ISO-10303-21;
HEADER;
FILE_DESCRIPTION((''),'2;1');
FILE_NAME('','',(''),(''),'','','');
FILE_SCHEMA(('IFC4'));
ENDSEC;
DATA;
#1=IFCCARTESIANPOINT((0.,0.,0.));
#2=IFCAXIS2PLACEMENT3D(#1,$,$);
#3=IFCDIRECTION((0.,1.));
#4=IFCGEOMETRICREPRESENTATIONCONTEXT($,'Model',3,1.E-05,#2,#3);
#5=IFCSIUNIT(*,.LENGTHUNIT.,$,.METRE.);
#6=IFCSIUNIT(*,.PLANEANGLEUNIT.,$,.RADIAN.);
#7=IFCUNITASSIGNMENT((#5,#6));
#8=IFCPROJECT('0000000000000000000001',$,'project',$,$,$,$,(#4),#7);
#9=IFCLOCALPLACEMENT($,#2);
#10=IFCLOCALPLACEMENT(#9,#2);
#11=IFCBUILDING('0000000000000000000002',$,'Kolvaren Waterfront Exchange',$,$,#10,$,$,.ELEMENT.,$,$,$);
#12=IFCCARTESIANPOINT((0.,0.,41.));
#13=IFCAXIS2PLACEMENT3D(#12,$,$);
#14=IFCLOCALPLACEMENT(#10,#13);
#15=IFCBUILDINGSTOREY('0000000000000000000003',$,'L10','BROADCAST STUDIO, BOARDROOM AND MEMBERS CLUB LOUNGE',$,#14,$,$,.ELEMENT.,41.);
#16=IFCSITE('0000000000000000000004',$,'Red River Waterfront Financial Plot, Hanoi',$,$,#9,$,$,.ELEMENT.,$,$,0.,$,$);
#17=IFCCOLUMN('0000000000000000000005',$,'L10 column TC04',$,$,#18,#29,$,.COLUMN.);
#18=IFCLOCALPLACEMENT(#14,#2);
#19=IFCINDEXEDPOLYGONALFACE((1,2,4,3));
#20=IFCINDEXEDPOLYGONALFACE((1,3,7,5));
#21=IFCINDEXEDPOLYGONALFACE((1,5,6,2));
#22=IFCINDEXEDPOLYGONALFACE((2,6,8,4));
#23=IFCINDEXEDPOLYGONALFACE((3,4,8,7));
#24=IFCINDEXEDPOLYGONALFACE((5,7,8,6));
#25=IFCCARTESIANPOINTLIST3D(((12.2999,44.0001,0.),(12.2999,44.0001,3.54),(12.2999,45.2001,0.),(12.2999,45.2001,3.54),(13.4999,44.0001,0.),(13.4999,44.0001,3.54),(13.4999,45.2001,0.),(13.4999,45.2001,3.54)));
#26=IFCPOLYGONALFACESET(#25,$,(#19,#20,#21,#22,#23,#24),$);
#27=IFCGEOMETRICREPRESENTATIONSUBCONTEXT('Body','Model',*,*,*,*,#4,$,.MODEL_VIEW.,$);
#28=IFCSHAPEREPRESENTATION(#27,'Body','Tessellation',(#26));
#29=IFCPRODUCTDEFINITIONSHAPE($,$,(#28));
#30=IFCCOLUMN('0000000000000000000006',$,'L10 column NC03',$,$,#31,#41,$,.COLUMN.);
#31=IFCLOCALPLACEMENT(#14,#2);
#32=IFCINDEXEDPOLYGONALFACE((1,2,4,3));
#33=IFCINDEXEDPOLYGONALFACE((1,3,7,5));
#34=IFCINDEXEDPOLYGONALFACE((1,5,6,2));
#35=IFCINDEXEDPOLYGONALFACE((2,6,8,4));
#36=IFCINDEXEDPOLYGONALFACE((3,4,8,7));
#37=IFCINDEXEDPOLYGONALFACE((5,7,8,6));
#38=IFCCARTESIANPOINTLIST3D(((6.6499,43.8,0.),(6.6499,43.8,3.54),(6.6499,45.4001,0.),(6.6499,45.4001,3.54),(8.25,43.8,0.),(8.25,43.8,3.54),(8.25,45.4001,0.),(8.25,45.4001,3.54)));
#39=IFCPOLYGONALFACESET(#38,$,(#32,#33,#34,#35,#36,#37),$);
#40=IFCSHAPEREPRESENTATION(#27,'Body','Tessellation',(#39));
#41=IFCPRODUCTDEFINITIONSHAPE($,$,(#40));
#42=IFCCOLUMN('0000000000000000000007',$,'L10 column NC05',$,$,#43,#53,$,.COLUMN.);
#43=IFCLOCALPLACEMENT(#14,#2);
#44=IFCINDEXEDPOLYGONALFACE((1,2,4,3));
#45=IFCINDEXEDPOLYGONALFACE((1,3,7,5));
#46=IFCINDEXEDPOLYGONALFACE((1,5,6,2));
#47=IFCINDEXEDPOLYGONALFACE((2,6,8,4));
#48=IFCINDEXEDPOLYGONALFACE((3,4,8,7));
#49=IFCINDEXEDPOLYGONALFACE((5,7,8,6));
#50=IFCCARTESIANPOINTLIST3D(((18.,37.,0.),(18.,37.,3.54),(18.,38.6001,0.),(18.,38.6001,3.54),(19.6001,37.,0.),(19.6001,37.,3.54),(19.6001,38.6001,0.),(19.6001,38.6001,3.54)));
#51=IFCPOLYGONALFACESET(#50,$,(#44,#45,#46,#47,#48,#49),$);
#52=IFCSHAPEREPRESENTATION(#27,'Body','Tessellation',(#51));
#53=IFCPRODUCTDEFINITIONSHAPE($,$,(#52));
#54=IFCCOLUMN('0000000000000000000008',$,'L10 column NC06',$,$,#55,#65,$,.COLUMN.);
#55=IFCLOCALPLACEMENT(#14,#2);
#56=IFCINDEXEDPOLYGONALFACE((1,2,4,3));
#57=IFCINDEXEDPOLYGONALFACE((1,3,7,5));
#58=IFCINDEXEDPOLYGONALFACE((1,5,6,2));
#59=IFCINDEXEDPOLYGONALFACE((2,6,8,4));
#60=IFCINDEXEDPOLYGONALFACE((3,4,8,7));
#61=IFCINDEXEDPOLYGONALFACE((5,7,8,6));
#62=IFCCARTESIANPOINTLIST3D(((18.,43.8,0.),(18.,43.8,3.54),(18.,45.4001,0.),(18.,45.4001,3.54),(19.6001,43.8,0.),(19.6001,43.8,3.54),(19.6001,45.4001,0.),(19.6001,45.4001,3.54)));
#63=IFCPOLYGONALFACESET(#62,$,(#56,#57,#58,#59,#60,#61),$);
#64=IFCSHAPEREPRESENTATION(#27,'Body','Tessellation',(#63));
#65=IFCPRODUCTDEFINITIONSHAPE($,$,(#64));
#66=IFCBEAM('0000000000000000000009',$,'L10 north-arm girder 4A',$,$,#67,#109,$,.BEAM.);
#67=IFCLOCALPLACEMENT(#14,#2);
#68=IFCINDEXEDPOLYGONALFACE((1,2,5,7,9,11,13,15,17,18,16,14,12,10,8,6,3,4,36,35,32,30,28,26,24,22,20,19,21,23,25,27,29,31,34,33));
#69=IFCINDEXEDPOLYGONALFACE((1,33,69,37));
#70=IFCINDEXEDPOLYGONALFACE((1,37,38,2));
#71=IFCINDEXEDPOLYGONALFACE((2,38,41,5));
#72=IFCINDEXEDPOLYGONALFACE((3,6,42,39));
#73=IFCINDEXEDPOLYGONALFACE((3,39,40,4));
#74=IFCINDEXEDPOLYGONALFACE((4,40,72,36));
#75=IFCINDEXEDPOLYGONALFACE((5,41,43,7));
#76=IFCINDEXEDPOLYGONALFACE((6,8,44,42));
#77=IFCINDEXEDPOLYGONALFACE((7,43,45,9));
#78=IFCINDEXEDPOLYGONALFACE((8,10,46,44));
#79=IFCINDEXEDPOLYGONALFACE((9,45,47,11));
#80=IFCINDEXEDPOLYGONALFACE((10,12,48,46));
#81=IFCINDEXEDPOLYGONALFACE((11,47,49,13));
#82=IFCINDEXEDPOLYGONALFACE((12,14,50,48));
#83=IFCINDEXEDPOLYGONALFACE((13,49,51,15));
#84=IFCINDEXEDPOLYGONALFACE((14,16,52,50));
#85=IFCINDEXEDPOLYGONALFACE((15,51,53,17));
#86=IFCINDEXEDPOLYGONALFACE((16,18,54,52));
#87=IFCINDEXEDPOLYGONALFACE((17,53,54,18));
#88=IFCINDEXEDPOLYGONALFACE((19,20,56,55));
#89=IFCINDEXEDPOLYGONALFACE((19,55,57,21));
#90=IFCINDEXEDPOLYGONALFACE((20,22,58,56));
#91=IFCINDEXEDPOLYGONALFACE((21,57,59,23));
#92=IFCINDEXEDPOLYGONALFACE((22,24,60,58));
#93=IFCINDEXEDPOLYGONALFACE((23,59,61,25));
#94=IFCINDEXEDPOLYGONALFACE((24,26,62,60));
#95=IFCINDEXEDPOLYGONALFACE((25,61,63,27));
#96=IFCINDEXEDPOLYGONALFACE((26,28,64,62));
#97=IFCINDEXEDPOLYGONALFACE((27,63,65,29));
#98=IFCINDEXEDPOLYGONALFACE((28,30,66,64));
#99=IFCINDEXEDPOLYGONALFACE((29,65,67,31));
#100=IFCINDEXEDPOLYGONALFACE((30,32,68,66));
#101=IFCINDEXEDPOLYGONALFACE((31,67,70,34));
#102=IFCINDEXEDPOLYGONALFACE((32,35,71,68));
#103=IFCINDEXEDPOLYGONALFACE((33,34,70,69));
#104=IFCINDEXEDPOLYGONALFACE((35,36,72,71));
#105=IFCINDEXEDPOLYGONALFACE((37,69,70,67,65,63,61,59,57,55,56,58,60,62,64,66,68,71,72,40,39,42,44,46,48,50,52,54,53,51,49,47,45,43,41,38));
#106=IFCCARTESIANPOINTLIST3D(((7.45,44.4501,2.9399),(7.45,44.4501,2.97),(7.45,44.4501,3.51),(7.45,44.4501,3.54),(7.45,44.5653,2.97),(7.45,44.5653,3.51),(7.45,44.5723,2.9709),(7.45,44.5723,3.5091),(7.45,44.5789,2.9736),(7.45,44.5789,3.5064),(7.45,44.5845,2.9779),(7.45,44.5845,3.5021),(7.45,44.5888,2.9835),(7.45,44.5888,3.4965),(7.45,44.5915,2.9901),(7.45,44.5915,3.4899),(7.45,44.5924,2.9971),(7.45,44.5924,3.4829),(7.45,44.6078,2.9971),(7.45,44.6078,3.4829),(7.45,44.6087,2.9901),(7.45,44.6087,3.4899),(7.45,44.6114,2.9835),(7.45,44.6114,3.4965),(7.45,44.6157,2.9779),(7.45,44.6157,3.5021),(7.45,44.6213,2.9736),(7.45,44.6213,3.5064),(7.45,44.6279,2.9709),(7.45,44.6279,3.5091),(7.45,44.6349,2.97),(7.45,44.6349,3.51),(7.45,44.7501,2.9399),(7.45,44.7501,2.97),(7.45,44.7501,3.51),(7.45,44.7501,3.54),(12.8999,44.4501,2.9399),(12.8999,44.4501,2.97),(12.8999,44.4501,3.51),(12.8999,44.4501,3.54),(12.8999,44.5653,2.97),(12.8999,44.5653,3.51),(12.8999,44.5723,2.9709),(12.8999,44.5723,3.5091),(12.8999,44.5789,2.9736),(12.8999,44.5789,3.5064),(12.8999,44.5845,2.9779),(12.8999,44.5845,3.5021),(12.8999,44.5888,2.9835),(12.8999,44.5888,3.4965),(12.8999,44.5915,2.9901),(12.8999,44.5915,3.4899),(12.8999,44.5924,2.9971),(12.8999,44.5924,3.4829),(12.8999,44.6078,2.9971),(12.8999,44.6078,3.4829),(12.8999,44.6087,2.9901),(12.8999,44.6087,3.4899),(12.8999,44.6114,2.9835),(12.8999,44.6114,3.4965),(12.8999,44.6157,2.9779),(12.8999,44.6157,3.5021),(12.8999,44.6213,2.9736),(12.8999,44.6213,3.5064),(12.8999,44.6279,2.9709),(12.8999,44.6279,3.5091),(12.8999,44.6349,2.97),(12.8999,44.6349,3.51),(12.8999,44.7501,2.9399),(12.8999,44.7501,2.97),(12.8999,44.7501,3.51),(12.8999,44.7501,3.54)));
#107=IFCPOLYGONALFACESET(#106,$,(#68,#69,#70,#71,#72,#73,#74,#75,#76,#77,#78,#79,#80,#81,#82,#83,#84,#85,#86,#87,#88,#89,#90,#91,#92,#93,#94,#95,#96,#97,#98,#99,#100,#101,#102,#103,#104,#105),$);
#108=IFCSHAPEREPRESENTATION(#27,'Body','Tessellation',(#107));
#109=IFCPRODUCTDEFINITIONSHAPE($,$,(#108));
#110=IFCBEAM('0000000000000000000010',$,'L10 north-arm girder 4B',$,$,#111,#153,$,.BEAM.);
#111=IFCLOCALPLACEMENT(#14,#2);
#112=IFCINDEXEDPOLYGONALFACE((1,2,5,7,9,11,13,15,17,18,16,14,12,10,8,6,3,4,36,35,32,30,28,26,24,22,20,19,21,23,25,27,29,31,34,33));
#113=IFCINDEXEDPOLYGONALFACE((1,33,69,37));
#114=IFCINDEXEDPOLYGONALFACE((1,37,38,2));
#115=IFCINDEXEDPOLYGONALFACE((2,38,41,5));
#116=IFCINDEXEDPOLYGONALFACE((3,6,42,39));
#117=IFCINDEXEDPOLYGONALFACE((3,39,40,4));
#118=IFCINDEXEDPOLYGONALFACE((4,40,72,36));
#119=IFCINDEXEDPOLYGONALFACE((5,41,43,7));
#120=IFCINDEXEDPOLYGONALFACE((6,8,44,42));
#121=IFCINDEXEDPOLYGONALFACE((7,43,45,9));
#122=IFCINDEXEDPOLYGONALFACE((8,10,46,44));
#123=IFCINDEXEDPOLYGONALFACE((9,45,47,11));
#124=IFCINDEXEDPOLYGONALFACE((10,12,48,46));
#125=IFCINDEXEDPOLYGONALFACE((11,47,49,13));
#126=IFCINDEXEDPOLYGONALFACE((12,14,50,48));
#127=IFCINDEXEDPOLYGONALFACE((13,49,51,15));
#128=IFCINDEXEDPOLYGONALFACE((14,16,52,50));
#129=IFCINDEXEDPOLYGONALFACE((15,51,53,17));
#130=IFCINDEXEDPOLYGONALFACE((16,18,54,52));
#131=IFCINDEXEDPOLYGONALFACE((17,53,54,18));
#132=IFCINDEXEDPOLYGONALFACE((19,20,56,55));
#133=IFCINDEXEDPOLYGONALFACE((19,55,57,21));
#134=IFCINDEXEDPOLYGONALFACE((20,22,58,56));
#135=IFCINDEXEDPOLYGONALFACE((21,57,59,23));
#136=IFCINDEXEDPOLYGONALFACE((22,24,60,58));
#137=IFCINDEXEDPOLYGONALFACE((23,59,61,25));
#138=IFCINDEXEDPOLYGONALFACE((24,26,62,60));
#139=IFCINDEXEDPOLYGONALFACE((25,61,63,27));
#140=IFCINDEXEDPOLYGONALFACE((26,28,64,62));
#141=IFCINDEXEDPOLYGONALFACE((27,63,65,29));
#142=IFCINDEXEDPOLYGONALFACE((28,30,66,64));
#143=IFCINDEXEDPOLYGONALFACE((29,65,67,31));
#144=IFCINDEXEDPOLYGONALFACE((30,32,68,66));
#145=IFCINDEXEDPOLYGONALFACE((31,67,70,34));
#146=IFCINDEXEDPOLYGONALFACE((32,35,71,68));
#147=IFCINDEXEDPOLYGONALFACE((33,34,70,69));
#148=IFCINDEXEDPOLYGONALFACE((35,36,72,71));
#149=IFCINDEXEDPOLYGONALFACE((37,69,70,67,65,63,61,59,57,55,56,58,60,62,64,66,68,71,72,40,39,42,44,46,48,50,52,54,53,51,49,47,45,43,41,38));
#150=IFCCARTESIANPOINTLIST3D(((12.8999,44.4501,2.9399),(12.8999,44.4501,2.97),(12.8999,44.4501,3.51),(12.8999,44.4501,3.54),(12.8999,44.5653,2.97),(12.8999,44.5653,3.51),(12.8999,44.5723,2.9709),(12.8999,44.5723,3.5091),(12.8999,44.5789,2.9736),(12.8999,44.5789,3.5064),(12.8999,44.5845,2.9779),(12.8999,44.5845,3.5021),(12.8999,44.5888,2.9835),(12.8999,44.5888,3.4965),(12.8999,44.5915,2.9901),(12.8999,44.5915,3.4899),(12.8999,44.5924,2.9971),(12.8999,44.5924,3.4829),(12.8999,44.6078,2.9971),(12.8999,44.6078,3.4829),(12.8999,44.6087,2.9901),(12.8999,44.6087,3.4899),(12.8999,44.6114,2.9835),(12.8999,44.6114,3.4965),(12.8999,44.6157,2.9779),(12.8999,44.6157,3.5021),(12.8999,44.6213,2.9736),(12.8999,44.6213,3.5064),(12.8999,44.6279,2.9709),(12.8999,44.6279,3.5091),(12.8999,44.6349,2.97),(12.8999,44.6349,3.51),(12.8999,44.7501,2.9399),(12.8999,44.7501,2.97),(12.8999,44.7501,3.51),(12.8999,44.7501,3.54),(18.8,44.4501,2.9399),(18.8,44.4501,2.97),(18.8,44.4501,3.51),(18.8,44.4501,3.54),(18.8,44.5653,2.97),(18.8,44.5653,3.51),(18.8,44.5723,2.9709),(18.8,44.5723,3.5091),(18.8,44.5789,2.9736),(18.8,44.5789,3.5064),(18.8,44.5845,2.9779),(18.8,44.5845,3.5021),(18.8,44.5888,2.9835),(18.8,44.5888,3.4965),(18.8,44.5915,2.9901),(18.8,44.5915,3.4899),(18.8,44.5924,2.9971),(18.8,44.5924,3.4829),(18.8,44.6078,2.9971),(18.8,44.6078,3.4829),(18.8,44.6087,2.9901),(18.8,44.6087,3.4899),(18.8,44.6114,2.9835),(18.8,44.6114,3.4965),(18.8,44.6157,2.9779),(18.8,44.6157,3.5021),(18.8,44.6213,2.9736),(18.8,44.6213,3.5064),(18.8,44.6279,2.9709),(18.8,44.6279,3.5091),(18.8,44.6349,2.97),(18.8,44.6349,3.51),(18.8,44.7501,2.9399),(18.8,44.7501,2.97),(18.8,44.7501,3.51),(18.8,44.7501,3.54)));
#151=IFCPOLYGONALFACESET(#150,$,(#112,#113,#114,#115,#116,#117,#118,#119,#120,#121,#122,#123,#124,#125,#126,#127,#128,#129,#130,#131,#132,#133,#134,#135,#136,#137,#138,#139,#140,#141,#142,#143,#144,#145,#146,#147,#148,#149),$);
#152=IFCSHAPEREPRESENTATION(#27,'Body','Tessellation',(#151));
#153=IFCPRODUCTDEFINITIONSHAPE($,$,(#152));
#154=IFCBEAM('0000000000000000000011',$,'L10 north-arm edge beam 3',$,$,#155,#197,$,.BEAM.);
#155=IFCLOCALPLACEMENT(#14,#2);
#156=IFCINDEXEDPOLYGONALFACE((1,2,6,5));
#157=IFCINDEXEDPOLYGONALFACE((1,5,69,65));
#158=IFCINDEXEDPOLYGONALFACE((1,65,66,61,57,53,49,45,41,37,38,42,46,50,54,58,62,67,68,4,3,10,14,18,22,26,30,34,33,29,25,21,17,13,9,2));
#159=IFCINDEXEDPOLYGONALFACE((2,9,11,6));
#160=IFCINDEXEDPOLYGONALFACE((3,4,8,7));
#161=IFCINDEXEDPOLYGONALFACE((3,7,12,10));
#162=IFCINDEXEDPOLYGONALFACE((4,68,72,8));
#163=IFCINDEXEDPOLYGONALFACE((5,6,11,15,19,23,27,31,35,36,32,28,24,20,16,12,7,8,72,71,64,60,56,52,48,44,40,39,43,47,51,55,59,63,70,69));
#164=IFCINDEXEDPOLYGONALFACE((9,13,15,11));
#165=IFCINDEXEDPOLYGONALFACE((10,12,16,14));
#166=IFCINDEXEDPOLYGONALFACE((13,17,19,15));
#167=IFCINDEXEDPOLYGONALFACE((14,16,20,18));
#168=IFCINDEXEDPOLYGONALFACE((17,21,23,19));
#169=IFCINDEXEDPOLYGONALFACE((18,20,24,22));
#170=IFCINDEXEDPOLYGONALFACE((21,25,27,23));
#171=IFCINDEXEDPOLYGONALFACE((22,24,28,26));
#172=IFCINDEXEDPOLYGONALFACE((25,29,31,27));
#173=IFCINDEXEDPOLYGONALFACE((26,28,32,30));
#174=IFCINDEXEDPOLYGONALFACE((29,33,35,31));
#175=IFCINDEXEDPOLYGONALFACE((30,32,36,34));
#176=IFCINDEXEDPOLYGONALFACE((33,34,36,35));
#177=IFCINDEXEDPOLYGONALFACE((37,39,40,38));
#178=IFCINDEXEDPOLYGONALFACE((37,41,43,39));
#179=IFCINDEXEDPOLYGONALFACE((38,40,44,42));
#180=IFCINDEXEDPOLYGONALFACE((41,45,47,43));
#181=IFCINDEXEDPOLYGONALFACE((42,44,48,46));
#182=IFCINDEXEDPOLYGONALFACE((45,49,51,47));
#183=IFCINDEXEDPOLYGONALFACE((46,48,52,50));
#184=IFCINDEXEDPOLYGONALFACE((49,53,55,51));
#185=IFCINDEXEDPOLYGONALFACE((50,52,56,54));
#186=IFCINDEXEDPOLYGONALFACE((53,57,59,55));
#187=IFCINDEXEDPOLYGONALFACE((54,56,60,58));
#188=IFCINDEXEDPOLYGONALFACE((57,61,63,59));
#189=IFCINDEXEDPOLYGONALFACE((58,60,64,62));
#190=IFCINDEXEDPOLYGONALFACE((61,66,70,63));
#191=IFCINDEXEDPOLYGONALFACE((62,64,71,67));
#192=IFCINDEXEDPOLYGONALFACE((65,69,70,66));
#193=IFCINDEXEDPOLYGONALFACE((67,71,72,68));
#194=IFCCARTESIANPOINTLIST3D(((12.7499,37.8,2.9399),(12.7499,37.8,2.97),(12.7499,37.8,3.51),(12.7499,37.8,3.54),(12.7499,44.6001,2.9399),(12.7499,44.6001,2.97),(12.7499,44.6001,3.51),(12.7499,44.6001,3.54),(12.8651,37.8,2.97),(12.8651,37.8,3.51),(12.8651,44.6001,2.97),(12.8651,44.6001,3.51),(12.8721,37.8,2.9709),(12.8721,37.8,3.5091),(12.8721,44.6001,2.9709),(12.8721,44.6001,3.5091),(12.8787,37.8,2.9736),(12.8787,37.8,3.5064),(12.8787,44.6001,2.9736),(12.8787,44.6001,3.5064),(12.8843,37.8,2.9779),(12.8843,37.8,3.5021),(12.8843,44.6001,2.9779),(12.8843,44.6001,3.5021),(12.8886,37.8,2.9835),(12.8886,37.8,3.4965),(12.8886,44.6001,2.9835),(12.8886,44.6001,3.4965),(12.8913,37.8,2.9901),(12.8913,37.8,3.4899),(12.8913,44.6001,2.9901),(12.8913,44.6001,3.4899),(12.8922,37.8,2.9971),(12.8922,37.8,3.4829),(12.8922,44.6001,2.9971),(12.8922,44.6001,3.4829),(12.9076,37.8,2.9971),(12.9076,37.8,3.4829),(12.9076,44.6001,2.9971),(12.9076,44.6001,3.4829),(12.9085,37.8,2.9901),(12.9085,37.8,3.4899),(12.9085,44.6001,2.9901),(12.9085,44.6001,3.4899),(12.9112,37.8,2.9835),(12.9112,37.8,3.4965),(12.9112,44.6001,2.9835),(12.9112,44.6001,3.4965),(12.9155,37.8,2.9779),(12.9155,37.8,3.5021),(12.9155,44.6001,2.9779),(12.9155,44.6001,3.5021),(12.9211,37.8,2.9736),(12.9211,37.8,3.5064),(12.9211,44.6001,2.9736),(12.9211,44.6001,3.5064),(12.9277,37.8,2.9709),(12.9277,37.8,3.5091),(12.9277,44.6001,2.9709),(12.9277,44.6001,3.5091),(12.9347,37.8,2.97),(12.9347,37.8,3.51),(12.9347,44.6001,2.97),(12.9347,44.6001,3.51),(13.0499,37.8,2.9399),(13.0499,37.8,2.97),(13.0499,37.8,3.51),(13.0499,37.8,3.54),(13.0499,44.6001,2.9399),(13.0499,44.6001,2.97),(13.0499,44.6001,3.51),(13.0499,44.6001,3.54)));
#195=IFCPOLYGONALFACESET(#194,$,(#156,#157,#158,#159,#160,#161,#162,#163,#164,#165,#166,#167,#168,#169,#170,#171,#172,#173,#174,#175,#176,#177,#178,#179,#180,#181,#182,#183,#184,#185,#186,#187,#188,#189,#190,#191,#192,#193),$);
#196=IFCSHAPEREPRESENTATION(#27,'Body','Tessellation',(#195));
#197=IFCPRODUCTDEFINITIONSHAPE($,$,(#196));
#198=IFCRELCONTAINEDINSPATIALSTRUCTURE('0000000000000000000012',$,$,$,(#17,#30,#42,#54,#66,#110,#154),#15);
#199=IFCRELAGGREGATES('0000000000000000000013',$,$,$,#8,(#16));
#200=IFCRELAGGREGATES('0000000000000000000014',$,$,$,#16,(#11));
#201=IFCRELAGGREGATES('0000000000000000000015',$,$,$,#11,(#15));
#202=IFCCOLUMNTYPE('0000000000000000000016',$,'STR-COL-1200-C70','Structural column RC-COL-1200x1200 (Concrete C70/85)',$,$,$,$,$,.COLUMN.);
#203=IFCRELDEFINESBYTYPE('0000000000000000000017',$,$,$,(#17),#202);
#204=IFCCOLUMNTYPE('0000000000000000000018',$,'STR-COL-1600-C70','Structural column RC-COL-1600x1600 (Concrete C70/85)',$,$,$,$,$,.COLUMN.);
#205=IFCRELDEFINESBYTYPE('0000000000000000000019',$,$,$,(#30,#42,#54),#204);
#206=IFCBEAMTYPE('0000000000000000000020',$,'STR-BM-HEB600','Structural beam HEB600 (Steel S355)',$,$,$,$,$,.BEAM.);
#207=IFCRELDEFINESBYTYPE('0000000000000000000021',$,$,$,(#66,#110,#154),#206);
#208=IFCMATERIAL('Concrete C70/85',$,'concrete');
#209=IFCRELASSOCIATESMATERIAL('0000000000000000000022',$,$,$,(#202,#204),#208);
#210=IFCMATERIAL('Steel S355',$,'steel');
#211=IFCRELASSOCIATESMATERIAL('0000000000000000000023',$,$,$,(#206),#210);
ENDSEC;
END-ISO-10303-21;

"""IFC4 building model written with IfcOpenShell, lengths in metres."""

from ifc_helpers import new_model, si_unit, direction, frame, origin, origin_2d, place, context, subcontext, project, spatial, rectangle, i_section, extrude, material, material_profile, profile_set, type_object, element, save


model = new_model("IFC4")

# Units and contexts
model_context = context("Model", 3, precision=1e-05, world=origin(), true_north=direction((0.0, 1.0)))
body_context = subcontext(model_context, "Body", "Model", "MODEL_VIEW")
ifc_project = project(units=[si_unit("LENGTHUNIT", "METRE"), si_unit("PLANEANGLEUNIT", "RADIAN")], contexts=[model_context])

# Site, building, storey
site_placement = place(None, origin())
site = spatial("IfcSite", under=ifc_project, at=site_placement, Name="Red River Waterfront Financial Plot, Hanoi", CompositionType="ELEMENT", RefElevation=0.0)
building_placement = place(site_placement, origin())
building = spatial("IfcBuilding", under=site, at=building_placement, Name="Kolvaren Waterfront Exchange", CompositionType="ELEMENT")
storey_placement = place(building_placement, frame((0.0, 0.0, 41.0)))
storey = spatial("IfcBuildingStorey", under=building, at=storey_placement, Name="L10", Description="BROADCAST STUDIO, BOARDROOM AND MEMBERS CLUB LOUNGE", CompositionType="ELEMENT", Elevation=41.0)

# Columns
ifc_material_1 = material(Name="Concrete C70/85", Category="concrete")
ifc_material_profile_1 = material_profile(ifc_material_1, rectangle(XDim=1.2, YDim=1.2, at=origin_2d()), Name="RC-COL-1200x1200")
ifc_profile_set_1 = profile_set([ifc_material_profile_1], Name="Concrete C70/85")
column_type_1 = type_object("IfcColumnType", Name="STR-COL-1200-C70", Description="Structural column RC-COL-1200x1200 (Concrete C70/85)", PredefinedType="COLUMN", material=ifc_profile_set_1)
column_placement = place(storey_placement, frame((12.8999, 44.6001, 0.0), z_axis=(0.0, 0.0, 1.0), x_axis=(1.0, 0.0, 0.0)))
element("IfcColumn", 1, at=column_placement, inside=storey, type_object=column_type_1, Name="L10 column TC04", PredefinedType="COLUMN", context=body_context, shape_type="SweptSolid", body=[
    extrude(rectangle(XDim=1.2, YDim=1.2, at=origin_2d()), origin(), (0.0, 0.0, 1.0), 3.54),
])
ifc_material_profile_2 = material_profile(ifc_material_1, rectangle(XDim=1.6001, YDim=1.6001, at=origin_2d()), Name="RC-COL-1600x1600")
ifc_profile_set_2 = profile_set([ifc_material_profile_2], Name="Concrete C70/85")
column_type_2 = type_object("IfcColumnType", Name="STR-COL-1600-C70", Description="Structural column RC-COL-1600x1600 (Concrete C70/85)", PredefinedType="COLUMN", material=ifc_profile_set_2)
for number, where, z_axis, x_axis, name in (
    (2, (7.45, 44.6001, 0.0), (0.0, 0.0, 1.0), (1.0, 0.0, 0.0), "L10 column NC03"),
    (3, (18.8, 37.8, 0.0), (0.0, 0.0, 1.0), (1.0, 0.0, 0.0), "L10 column NC05"),
    (4, (18.8, 44.6001, 0.0), (0.0, 0.0, 1.0), (1.0, 0.0, 0.0), "L10 column NC06"),
):
    element("IfcColumn", number, at=place(storey_placement, frame(where, z_axis=z_axis, x_axis=x_axis)), inside=storey, type_object=column_type_2, Name=name, PredefinedType="COLUMN", context=body_context, shape_type="SweptSolid", body=[
        extrude(rectangle(XDim=1.6001, YDim=1.6001, at=origin_2d()), origin(), (0.0, 0.0, 1.0), 3.54),
    ])

# Beams
ifc_material_2 = material(Name="Steel S355", Category="steel")
ifc_material_profile_3 = material_profile(ifc_material_2, i_section(OverallWidth=0.3, OverallDepth=0.6001, WebThickness=0.0154, FlangeThickness=0.03, FilletRadius=0.0271, at=origin_2d()), Name="HEB600")
ifc_profile_set_3 = profile_set([ifc_material_profile_3], Name="Steel S355")
beam_type_1 = type_object("IfcBeamType", Name="STR-BM-HEB600", Description="Structural beam HEB600 (Steel S355)", PredefinedType="BEAM", material=ifc_profile_set_3)
beam_1_placement = place(storey_placement, frame((7.45, 44.6001, 3.24), z_axis=(1.0, 0.0, 0.0), x_axis=(0.0, 1.0, 0.0)))
element("IfcBeam", 5, at=beam_1_placement, inside=storey, type_object=beam_type_1, Name="L10 north-arm girder 4A", PredefinedType="BEAM", context=body_context, shape_type="SweptSolid", body=[
    extrude(i_section(OverallWidth=0.3, OverallDepth=0.6001, WebThickness=0.0154, FlangeThickness=0.03, FilletRadius=0.0271, at=origin_2d()), origin(), (0.0, 0.0, 1.0), 5.45),
])
beam_2_placement = place(storey_placement, frame((12.8999, 44.6001, 3.24), z_axis=(1.0, 0.0, 0.0), x_axis=(0.0, 1.0, 0.0)))
element("IfcBeam", 6, at=beam_2_placement, inside=storey, type_object=beam_type_1, Name="L10 north-arm girder 4B", PredefinedType="BEAM", context=body_context, shape_type="SweptSolid", body=[
    extrude(i_section(OverallWidth=0.3, OverallDepth=0.6001, WebThickness=0.0154, FlangeThickness=0.03, FilletRadius=0.0271, at=origin_2d()), origin(), (0.0, 0.0, 1.0), 5.9001),
])
beam_3_placement = place(storey_placement, frame((12.8999, 37.8, 3.24), z_axis=(0.0, 1.0, 0.0), x_axis=(-1.0, 0.0, 0.0)))
element("IfcBeam", 7, at=beam_3_placement, inside=storey, type_object=beam_type_1, Name="L10 north-arm edge beam 3", PredefinedType="BEAM", context=body_context, shape_type="SweptSolid", body=[
    extrude(i_section(OverallWidth=0.3, OverallDepth=0.6001, WebThickness=0.0154, FlangeThickness=0.03, FilletRadius=0.0271, at=origin_2d()), origin(), (0.0, 0.0, 1.0), 6.8),
])

save(model, "model.ifc")
